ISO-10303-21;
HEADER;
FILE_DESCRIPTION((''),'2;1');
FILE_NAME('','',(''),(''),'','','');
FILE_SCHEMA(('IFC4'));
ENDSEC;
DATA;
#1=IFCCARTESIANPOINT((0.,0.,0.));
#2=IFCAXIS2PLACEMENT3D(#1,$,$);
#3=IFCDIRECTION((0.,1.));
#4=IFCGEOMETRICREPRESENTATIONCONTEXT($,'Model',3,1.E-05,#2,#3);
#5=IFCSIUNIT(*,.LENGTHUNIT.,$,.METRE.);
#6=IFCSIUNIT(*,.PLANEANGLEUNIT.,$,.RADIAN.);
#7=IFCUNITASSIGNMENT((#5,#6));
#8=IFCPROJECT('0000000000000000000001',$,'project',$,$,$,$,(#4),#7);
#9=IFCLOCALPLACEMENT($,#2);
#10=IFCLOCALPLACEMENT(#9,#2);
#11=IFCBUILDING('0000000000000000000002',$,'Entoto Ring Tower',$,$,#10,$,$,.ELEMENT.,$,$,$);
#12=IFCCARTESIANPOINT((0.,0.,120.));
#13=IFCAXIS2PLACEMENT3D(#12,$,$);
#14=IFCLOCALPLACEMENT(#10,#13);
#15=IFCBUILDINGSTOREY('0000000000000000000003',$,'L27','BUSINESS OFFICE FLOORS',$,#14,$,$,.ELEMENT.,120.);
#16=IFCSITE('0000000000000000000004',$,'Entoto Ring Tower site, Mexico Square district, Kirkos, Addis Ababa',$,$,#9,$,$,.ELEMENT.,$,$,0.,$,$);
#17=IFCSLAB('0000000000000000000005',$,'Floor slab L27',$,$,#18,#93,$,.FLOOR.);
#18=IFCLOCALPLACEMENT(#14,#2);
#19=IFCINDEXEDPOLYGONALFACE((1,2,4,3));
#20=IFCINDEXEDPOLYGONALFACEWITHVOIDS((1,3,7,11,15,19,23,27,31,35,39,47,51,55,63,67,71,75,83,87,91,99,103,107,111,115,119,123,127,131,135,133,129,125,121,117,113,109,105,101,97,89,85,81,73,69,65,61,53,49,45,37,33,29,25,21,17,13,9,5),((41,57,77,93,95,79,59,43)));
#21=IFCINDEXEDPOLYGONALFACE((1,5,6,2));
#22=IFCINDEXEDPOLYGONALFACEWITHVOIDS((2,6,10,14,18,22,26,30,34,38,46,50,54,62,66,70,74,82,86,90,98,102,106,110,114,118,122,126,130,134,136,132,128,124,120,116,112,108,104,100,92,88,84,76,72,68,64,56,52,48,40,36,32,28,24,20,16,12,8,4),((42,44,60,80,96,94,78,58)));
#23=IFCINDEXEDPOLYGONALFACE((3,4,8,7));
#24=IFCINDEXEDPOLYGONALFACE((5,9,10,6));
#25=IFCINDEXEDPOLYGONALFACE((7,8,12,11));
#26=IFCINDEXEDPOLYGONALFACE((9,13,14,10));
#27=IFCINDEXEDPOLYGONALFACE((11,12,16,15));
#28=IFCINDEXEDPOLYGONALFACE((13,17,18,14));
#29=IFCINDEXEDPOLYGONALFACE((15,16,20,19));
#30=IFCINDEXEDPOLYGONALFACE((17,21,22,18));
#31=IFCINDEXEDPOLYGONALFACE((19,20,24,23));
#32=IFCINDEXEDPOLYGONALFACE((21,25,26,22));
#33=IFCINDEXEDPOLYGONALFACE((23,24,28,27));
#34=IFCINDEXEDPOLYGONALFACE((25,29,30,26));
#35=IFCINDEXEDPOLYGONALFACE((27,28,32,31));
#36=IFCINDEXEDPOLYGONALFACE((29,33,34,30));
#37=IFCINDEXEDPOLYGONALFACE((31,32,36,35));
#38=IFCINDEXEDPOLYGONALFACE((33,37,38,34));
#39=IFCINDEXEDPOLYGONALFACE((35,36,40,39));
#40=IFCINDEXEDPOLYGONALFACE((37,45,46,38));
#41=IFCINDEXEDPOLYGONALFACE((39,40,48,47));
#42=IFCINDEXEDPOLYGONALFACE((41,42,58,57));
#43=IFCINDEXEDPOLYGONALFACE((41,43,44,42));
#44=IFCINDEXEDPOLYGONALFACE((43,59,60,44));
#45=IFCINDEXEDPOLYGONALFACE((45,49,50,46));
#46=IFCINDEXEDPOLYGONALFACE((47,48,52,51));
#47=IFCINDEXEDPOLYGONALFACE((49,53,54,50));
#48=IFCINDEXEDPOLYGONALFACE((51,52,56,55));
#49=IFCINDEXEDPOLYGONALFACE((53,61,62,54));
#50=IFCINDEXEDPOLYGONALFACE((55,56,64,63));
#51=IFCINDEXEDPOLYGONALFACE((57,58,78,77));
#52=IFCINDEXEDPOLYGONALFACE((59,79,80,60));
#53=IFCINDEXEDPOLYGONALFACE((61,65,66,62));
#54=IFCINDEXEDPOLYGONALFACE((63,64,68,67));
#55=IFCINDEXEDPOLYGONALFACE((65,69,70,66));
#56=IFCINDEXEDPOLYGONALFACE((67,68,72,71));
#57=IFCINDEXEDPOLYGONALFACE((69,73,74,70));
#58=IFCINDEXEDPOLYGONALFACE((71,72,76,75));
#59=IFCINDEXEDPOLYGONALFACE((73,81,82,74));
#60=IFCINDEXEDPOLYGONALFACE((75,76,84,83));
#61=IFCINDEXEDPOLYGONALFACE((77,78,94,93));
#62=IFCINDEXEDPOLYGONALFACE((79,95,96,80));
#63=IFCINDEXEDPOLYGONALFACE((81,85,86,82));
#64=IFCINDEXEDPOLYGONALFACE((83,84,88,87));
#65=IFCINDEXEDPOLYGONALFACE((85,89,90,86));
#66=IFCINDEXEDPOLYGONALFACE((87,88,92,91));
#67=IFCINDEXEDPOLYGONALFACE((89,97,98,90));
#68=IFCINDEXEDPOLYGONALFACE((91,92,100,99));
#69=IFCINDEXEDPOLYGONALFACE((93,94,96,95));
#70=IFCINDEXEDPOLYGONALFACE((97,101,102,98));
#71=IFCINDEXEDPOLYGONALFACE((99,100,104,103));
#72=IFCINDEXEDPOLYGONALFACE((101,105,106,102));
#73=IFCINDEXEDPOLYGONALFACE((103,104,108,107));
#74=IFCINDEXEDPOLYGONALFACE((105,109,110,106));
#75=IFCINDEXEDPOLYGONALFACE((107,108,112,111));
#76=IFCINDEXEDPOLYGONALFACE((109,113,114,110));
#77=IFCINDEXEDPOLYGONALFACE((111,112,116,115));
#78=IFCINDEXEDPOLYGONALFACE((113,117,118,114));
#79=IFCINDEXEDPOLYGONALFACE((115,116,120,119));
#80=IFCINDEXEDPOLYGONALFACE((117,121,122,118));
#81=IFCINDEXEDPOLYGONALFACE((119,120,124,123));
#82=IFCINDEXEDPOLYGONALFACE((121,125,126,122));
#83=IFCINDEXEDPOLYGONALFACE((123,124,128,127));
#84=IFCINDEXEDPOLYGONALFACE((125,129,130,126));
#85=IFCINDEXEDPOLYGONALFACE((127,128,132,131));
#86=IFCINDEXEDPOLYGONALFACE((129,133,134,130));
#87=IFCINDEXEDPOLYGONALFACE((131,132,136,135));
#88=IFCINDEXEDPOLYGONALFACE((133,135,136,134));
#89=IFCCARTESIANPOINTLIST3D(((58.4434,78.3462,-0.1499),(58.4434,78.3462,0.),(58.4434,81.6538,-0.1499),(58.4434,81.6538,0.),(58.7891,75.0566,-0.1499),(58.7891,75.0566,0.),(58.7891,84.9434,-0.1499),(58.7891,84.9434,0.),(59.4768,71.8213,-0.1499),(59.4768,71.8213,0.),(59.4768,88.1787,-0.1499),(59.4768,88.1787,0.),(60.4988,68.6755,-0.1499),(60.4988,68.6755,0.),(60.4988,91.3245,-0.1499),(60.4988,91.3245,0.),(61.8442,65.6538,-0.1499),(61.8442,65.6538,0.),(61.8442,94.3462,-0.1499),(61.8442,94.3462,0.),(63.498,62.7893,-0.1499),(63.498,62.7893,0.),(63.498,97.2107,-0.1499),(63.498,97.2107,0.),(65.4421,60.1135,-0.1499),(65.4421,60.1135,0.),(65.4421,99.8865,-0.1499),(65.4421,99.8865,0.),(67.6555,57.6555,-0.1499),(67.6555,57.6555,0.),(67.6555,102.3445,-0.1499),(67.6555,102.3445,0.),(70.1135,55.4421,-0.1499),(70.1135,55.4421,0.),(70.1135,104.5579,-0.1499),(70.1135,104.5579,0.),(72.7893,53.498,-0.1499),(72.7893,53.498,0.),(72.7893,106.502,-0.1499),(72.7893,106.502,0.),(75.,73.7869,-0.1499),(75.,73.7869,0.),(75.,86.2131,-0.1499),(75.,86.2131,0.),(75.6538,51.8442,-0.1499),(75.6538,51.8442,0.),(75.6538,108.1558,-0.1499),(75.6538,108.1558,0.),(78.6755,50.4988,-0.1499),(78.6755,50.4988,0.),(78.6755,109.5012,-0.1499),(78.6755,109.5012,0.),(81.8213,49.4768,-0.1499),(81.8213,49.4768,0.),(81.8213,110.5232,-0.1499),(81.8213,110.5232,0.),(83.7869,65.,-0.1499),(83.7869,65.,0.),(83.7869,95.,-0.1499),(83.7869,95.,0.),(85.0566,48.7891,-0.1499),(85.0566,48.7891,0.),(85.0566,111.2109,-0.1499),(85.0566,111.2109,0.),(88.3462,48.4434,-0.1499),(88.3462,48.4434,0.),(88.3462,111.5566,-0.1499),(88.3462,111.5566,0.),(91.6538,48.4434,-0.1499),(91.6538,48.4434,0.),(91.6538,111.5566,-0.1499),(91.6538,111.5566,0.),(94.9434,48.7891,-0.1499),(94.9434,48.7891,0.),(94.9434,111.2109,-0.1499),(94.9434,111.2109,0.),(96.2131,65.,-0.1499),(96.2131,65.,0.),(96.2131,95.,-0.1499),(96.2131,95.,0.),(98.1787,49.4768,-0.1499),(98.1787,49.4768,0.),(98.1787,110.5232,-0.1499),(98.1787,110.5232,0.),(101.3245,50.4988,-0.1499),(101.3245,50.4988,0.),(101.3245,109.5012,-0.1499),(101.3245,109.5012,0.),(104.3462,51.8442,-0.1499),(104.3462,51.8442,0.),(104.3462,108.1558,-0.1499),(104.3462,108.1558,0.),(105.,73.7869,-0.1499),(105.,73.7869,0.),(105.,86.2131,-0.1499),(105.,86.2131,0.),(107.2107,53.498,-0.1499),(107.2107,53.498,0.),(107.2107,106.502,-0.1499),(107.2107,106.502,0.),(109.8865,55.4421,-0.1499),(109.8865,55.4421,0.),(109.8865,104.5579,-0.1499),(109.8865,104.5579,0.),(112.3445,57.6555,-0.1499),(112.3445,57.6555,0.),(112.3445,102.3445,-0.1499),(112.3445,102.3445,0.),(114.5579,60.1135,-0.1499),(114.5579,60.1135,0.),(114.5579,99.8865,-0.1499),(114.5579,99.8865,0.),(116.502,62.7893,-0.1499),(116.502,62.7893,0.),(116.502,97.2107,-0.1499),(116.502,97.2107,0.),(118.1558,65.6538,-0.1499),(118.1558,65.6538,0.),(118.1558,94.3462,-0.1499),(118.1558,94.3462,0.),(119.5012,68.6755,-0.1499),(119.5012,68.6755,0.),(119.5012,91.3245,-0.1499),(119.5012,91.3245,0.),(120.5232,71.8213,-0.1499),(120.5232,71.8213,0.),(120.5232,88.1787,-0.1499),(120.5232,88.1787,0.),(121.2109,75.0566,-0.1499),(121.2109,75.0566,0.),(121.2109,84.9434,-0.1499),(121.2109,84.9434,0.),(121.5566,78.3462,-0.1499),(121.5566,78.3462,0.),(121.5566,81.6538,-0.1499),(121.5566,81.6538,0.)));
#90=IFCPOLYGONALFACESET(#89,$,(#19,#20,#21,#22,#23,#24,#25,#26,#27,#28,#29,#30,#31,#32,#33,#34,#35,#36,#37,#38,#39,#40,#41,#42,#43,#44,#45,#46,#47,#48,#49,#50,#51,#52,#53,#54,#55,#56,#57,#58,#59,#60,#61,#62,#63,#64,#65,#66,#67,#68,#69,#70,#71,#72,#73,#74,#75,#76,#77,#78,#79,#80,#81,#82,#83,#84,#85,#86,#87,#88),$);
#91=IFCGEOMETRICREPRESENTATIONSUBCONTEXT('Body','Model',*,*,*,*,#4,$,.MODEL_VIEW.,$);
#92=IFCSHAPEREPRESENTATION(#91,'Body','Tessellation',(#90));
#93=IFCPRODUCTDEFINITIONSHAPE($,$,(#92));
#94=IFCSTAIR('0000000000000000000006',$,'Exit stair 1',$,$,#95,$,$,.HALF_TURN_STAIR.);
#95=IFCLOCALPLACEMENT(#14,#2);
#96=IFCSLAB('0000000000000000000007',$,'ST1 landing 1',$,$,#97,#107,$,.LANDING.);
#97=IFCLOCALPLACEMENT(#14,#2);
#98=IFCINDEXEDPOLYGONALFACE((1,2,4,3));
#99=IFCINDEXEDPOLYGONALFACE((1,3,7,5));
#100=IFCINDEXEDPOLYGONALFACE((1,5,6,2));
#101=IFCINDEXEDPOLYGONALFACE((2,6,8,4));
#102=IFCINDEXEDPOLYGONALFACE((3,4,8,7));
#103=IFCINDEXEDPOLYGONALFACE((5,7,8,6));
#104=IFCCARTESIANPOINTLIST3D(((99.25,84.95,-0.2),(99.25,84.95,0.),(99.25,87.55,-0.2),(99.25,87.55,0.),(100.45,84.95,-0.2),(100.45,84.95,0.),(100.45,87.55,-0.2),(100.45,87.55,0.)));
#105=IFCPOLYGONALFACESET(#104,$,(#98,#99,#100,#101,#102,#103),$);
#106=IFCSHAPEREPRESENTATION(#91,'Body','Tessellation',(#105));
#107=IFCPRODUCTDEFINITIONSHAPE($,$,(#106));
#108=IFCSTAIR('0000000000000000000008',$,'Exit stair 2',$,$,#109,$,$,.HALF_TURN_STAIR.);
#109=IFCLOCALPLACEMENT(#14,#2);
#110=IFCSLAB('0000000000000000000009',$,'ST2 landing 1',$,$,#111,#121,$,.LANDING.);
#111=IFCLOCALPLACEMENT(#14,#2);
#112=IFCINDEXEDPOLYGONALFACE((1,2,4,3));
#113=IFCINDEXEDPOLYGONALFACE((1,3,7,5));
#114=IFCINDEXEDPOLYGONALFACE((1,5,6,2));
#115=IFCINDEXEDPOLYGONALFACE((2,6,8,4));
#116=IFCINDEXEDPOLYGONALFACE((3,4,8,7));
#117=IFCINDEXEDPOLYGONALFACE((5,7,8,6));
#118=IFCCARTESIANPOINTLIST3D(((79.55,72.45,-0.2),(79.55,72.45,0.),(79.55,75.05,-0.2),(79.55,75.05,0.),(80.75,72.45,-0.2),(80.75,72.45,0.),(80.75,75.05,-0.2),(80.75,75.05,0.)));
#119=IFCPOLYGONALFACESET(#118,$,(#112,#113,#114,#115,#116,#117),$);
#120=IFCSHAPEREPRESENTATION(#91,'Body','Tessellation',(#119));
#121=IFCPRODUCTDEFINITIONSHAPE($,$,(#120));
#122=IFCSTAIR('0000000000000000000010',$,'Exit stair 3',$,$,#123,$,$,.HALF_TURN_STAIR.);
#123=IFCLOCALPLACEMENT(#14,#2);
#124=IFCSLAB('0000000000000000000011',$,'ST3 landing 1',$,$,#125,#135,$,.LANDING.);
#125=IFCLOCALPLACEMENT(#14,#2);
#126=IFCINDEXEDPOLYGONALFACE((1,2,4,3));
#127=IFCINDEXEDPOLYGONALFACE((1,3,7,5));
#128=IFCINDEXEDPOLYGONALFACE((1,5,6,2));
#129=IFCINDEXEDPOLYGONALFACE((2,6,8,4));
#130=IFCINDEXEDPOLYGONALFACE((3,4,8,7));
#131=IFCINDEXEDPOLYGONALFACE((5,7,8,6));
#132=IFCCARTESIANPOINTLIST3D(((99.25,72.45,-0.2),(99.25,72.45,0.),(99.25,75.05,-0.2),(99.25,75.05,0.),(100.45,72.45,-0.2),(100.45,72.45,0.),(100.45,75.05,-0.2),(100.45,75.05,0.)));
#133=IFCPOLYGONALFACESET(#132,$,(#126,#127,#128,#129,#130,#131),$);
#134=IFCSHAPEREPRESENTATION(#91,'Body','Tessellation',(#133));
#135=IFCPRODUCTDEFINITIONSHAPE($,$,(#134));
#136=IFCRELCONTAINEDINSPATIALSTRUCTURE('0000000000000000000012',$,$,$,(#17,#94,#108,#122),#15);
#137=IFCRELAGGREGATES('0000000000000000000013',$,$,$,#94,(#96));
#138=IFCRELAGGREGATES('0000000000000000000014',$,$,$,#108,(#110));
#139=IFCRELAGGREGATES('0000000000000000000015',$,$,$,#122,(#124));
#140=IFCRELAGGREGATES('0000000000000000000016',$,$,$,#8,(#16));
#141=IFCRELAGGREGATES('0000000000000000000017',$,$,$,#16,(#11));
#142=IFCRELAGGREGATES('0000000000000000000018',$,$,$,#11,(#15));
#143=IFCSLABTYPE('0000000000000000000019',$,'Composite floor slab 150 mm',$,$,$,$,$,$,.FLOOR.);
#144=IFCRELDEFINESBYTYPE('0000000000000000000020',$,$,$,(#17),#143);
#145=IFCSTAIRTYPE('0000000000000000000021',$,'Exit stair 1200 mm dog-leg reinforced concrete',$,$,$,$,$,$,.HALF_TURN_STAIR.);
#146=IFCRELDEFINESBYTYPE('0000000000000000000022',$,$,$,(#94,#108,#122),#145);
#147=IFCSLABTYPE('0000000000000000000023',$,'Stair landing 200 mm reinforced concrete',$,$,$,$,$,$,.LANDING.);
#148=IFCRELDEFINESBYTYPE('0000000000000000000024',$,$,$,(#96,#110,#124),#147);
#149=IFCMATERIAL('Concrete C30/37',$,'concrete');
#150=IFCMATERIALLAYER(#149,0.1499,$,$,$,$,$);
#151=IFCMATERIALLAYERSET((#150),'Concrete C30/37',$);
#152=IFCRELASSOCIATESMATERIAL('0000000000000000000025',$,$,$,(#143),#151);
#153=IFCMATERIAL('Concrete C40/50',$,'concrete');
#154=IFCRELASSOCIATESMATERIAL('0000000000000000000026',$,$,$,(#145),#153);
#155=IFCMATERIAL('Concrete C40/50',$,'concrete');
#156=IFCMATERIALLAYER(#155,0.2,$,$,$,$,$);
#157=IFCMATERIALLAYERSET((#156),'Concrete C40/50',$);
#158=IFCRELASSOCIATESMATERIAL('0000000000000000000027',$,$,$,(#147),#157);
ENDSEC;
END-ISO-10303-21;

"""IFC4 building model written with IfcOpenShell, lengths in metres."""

from ifc_helpers import new_model, si_unit, direction, frame, origin, place, context, subcontext, project, spatial, polyline, outline, extrude, material, layer, layer_set, type_object, element, aggregate, save


model = new_model("IFC4")

# Units and contexts
model_context = context("Model", 3, precision=1e-05, world=origin(), true_north=direction((0.0, 1.0)))
body_context = subcontext(model_context, "Body", "Model", "MODEL_VIEW")
ifc_project = project(units=[si_unit("LENGTHUNIT", "METRE"), si_unit("PLANEANGLEUNIT", "RADIAN")], contexts=[model_context])

# Site, building, storey
site_placement = place(None, origin())
building_placement = place(site_placement, origin())
storey_placement = place(building_placement, frame((0.0, 0.0, 120.0)))
site = spatial("IfcSite", under=ifc_project, at=site_placement, Name="Entoto Ring Tower site, Mexico Square district, Kirkos, Addis Ababa", CompositionType="ELEMENT", RefElevation=0.0)
building = spatial("IfcBuilding", under=site, at=building_placement, Name="Entoto Ring Tower", CompositionType="ELEMENT")
storey = spatial("IfcBuildingStorey", under=building, at=storey_placement, Name="L27", Description="BUSINESS OFFICE FLOORS", CompositionType="ELEMENT", Elevation=120.0)

# Slab
ifc_material_1 = material(Name="Concrete C30/37", Category="concrete")
ifc_layer_1 = layer(ifc_material_1, 0.1499)
ifc_layer_set_1 = layer_set([ifc_layer_1], Name="Concrete C30/37")
slab_type_1 = type_object("IfcSlabType", Name="Composite floor slab 150 mm", PredefinedType="FLOOR", material=ifc_layer_set_1)
slab_1_placement = place(storey_placement, frame((0.0, 0.0, -0.1499)))
element("IfcSlab", 1, at=slab_1_placement, inside=storey, type_object=slab_type_1, Name="Floor slab L27", PredefinedType="FLOOR", context=body_context, shape_type="SweptSolid", body=[
    extrude(outline(polyline([(121.2109, 84.9434), (120.5232, 88.1787), (119.5012, 91.3245), (118.1558, 94.3462), (116.502, 97.2107), (114.5579, 99.8865), (112.3445, 102.3445), (109.8865, 104.5579), (107.2107, 106.502), (104.3462, 108.1558), (101.3245, 109.5012), (98.1787, 110.5232), (94.9434, 111.2109), (91.6538, 111.5566), (88.3462, 111.5566), (85.0566, 111.2109), (81.8213, 110.5232), (78.6755, 109.5012), (75.6538, 108.1558), (72.7893, 106.502), (70.1135, 104.5579), (67.6555, 102.3445), (65.4421, 99.8865), (63.498, 97.2107), (61.8442, 94.3462), (60.4988, 91.3245), (59.4768, 88.1787), (58.7891, 84.9434), (58.4434, 81.6538), (58.4434, 78.3462), (58.7891, 75.0566), (59.4768, 71.8213), (60.4988, 68.6755), (61.8442, 65.6538), (63.498, 62.7893), (65.4421, 60.1135), (67.6555, 57.6555), (70.1135, 55.4421), (72.7893, 53.498), (75.6538, 51.8442), (78.6755, 50.4988), (81.8213, 49.4768), (85.0566, 48.7891), (88.3462, 48.4434), (91.6538, 48.4434), (94.9434, 48.7891), (98.1787, 49.4768), (101.3245, 50.4988), (104.3462, 51.8442), (107.2107, 53.498), (109.8865, 55.4421), (112.3445, 57.6555), (114.5579, 60.1135), (116.502, 62.7893), (118.1558, 65.6538), (119.5012, 68.6755), (120.5232, 71.8213), (121.2109, 75.0566), (121.5566, 78.3462), (121.5566, 81.6538), (121.2109, 84.9434)]), holes=[polyline([(105.0, 73.7869), (105.0, 86.2131), (96.2131, 95.0), (83.7869, 95.0), (75.0, 86.2131), (75.0, 73.7869), (83.7869, 65.0), (96.2131, 65.0), (105.0, 73.7869)])]), origin(), (0.0, 0.0, 1.0), 0.1499),
])

# Stairs, slabs
ifc_material_2 = material(Name="Concrete C40/50", Category="concrete")
stair_type = type_object("IfcStairType", Name="Exit stair 1200 mm dog-leg reinforced concrete", PredefinedType="HALF_TURN_STAIR", material=ifc_material_2)
stair_1_placement = place(storey_placement, origin())
stair_1 = element("IfcStair", 2, at=stair_1_placement, inside=storey, type_object=stair_type, Name="Exit stair 1", PredefinedType="HALF_TURN_STAIR")
ifc_material_3 = material(Name="Concrete C40/50", Category="concrete")
ifc_layer_2 = layer(ifc_material_3, 0.2)
ifc_layer_set_2 = layer_set([ifc_layer_2], Name="Concrete C40/50")
slab_type_2 = type_object("IfcSlabType", Name="Stair landing 200 mm reinforced concrete", PredefinedType="LANDING", material=ifc_layer_set_2)
slab_2_placement = place(storey_placement, frame((0.0, 0.0, -0.2)))
slab_2 = element("IfcSlab", 3, at=slab_2_placement, type_object=slab_type_2, Name="ST1 landing 1", PredefinedType="LANDING", context=body_context, shape_type="SweptSolid", body=[
    extrude(outline(polyline([(100.45, 84.95), (100.45, 87.55), (99.25, 87.55), (99.25, 84.95), (100.45, 84.95)])), origin(), (0.0, 0.0, 1.0), 0.2),
])
aggregate(stair_1, [slab_2])
stair_2_placement = place(storey_placement, origin())
stair_2 = element("IfcStair", 4, at=stair_2_placement, inside=storey, type_object=stair_type, Name="Exit stair 2", PredefinedType="HALF_TURN_STAIR")
slab_3_placement = place(storey_placement, frame((0.0, 0.0, -0.2)))
slab_3 = element("IfcSlab", 5, at=slab_3_placement, type_object=slab_type_2, Name="ST2 landing 1", PredefinedType="LANDING", context=body_context, shape_type="SweptSolid", body=[
    extrude(outline(polyline([(80.75, 72.45), (80.75, 75.05), (79.55, 75.05), (79.55, 72.45), (80.75, 72.45)])), origin(), (0.0, 0.0, 1.0), 0.2),
])
aggregate(stair_2, [slab_3])
stair_3_placement = place(storey_placement, origin())
stair_3 = element("IfcStair", 6, at=stair_3_placement, inside=storey, type_object=stair_type, Name="Exit stair 3", PredefinedType="HALF_TURN_STAIR")
slab_4_placement = place(storey_placement, frame((0.0, 0.0, -0.2)))
slab_4 = element("IfcSlab", 7, at=slab_4_placement, type_object=slab_type_2, Name="ST3 landing 1", PredefinedType="LANDING", context=body_context, shape_type="SweptSolid", body=[
    extrude(outline(polyline([(100.45, 72.45), (100.45, 75.05), (99.25, 75.05), (99.25, 72.45), (100.45, 72.45)])), origin(), (0.0, 0.0, 1.0), 0.2),
])
aggregate(stair_3, [slab_4])

save(model, "model.ifc")
